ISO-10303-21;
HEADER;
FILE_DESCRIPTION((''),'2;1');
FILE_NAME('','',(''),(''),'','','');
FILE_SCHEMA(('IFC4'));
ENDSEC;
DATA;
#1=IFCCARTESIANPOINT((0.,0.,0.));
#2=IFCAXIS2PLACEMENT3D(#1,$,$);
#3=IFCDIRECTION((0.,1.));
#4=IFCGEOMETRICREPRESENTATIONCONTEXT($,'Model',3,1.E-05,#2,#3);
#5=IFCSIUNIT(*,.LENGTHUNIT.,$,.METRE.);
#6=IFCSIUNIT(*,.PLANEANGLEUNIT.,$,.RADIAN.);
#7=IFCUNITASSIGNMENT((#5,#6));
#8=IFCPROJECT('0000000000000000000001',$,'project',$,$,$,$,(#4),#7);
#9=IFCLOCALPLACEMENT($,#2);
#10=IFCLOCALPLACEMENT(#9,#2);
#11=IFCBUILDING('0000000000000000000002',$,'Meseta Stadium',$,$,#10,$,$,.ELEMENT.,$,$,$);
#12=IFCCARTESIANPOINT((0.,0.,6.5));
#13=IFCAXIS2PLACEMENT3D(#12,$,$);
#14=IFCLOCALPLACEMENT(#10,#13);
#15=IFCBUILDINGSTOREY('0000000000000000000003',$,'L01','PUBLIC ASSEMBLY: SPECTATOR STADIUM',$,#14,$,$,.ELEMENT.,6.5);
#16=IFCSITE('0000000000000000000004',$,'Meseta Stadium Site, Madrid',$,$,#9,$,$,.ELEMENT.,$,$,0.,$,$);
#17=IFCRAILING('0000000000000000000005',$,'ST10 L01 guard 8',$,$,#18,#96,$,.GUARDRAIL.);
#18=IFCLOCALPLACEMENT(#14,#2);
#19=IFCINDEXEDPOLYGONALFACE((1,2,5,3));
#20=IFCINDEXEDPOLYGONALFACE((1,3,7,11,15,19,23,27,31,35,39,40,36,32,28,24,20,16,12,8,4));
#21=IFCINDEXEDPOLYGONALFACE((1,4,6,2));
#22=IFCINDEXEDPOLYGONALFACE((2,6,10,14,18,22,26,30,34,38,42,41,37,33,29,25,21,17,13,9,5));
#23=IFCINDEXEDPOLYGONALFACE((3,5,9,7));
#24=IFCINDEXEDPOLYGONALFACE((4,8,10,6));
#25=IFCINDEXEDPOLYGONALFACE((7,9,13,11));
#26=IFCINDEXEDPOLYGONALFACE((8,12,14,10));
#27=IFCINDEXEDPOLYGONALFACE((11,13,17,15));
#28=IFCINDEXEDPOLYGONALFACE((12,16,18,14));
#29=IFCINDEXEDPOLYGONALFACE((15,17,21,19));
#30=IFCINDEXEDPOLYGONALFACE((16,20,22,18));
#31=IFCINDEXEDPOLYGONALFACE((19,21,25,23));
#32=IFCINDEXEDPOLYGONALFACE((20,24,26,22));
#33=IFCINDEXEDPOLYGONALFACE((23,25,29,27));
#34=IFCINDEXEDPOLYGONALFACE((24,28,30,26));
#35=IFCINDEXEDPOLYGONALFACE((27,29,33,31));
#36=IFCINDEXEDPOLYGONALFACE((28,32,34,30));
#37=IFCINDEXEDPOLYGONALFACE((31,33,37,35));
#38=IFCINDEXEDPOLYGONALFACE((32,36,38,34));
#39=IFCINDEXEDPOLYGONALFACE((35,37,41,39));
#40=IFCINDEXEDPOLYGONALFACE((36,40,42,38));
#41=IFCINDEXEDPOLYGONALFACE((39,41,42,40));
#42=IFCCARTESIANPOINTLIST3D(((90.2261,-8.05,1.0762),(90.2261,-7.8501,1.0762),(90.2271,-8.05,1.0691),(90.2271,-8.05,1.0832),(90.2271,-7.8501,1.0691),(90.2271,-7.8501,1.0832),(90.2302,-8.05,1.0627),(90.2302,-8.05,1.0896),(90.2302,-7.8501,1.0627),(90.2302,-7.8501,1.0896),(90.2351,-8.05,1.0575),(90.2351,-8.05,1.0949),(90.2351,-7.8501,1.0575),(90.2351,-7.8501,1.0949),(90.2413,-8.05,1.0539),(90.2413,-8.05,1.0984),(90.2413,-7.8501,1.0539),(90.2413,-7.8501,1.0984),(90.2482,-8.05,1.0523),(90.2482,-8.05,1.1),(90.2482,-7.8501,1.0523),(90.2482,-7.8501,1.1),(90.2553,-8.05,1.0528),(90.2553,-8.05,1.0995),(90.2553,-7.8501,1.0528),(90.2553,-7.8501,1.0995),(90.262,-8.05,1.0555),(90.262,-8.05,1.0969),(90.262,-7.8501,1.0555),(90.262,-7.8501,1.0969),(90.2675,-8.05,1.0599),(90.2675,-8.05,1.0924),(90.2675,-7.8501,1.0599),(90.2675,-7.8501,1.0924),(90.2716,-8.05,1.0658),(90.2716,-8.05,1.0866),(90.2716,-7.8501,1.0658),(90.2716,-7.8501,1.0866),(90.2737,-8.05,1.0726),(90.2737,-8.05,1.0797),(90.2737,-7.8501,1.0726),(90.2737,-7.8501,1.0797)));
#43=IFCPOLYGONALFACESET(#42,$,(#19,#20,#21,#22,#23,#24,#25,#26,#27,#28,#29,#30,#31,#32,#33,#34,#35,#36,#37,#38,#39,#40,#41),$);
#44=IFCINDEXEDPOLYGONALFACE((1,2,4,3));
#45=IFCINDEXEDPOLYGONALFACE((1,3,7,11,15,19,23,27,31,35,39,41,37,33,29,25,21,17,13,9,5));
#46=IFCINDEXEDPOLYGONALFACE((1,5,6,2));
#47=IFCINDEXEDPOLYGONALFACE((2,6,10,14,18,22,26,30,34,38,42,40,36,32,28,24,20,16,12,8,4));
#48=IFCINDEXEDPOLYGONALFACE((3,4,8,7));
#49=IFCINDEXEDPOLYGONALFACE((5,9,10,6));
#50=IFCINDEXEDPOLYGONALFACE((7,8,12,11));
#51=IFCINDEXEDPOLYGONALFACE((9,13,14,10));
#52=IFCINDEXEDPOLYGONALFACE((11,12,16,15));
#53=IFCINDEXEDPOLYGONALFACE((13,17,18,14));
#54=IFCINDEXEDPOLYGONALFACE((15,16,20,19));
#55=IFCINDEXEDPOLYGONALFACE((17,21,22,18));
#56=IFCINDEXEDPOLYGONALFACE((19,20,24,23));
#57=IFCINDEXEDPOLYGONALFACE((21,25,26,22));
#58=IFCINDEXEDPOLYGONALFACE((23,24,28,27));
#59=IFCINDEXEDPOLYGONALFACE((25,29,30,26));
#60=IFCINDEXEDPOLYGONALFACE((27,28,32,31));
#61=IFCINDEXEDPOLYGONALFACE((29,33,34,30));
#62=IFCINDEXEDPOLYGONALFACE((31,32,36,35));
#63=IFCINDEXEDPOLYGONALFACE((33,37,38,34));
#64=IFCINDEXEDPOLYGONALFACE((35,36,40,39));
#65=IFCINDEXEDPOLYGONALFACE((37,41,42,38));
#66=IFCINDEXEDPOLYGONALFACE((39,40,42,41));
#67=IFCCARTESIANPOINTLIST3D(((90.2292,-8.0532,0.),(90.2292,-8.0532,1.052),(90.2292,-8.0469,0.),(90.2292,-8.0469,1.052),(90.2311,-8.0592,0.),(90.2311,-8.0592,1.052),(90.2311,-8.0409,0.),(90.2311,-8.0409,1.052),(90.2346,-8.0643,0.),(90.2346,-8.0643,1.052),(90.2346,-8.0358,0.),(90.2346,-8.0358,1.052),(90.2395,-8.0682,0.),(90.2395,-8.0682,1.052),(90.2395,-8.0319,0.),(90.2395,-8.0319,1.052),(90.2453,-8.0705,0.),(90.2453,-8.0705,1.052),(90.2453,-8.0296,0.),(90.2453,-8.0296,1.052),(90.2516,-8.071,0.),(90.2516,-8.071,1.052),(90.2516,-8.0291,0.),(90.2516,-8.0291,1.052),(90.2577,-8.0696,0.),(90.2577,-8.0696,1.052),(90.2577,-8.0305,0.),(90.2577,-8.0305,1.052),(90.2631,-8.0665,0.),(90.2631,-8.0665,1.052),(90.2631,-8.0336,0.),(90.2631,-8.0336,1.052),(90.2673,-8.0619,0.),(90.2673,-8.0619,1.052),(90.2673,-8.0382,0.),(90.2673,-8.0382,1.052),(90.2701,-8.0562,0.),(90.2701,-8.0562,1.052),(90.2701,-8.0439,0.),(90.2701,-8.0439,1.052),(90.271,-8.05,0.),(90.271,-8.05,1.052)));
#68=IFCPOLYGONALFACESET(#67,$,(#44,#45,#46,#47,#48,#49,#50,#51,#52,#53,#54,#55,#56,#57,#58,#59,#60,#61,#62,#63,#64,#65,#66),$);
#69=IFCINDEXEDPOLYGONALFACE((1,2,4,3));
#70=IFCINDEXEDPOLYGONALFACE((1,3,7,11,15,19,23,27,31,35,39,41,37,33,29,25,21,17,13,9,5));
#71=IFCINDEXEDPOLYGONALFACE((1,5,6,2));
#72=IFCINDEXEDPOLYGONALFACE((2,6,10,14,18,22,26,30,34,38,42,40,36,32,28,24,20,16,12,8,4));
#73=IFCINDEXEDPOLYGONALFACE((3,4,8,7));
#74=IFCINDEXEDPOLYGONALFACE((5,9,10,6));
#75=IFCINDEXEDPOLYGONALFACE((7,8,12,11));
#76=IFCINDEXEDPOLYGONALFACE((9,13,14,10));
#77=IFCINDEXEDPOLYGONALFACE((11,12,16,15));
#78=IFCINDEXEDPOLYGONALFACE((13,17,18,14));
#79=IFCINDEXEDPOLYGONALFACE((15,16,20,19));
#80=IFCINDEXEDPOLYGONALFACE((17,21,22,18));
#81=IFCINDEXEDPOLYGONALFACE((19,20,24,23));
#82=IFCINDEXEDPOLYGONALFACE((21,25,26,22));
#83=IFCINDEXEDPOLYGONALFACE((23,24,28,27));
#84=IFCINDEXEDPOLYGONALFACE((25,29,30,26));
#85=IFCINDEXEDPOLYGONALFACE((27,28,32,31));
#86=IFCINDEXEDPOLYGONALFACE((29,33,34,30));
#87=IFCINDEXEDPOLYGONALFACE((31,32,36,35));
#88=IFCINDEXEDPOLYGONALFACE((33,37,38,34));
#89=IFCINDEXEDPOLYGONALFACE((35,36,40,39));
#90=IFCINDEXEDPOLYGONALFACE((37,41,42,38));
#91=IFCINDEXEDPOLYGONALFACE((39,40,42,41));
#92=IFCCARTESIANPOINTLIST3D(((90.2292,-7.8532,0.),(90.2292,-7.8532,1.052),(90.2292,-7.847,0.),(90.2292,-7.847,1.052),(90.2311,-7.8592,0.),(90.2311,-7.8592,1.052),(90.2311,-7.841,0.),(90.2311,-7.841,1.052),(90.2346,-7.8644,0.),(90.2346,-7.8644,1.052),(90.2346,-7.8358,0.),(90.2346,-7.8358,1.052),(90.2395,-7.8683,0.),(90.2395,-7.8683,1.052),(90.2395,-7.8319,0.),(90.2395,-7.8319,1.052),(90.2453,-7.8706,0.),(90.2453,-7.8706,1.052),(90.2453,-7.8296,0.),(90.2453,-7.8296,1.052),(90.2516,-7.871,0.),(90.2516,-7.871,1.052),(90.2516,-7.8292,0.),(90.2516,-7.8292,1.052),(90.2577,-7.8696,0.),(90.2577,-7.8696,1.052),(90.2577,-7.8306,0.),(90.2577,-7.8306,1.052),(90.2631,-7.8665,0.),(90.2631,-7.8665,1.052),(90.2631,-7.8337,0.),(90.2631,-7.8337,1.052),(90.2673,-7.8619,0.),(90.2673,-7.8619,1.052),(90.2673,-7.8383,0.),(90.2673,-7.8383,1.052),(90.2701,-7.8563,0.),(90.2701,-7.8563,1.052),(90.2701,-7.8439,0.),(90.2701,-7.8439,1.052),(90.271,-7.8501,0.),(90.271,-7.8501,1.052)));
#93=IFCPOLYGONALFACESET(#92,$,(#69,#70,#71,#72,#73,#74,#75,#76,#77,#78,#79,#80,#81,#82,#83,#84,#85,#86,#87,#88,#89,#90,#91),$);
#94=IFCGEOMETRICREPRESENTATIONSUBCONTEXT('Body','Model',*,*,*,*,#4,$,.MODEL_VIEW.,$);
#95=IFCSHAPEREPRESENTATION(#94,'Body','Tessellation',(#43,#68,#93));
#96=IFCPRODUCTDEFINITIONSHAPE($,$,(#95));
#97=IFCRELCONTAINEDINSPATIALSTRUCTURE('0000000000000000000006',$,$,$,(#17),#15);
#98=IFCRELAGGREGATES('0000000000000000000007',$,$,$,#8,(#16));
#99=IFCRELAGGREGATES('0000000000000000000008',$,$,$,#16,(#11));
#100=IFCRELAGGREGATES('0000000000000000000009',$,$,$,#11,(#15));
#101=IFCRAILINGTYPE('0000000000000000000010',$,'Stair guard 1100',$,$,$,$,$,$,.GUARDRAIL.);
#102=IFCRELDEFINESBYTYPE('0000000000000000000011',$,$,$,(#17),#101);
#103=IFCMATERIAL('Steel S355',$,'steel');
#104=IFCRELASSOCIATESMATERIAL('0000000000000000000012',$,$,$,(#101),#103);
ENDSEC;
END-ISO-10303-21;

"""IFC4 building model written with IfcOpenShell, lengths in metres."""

from ifc_helpers import new_model, si_unit, direction, frame, origin, origin_2d, place, context, subcontext, project, spatial, circle, extrude, material, type_object, element, save


model = new_model("IFC4")

# Units and contexts
model_context = context("Model", 3, precision=1e-05, world=origin(), true_north=direction((0.0, 1.0)))
body_context = subcontext(model_context, "Body", "Model", "MODEL_VIEW")
ifc_project = project(units=[si_unit("LENGTHUNIT", "METRE"), si_unit("PLANEANGLEUNIT", "RADIAN")], contexts=[model_context])

# Site, building, storey
site_placement = place(None, origin())
site = spatial("IfcSite", under=ifc_project, at=site_placement, Name="Meseta Stadium Site, Madrid", CompositionType="ELEMENT", RefElevation=0.0)
building_placement = place(site_placement, origin())
building = spatial("IfcBuilding", under=site, at=building_placement, Name="Meseta Stadium", CompositionType="ELEMENT")
storey_placement = place(building_placement, frame((0.0, 0.0, 6.5)))
storey = spatial("IfcBuildingStorey", under=building, at=storey_placement, Name="L01", Description="PUBLIC ASSEMBLY: SPECTATOR STADIUM", CompositionType="ELEMENT", Elevation=6.5)

# Railing
ifc_material_1 = material(Name="Steel S355", Category="steel")
railing_type_1 = type_object("IfcRailingType", Name="Stair guard 1100", PredefinedType="GUARDRAIL", material=ifc_material_1)
railing_1_placement = place(storey_placement, frame((90.25, -8.05, 0.0)))
element("IfcRailing", 1, at=railing_1_placement, inside=storey, type_object=railing_type_1, Name="ST10 L01 guard 8", PredefinedType="GUARDRAIL", context=body_context, shape_type="SweptSolid", body=[
    extrude(circle(Radius=0.0239, at=origin_2d()), frame((0.0, 0.0, 1.0762), z_axis=(0.0, 1.0, 0.0), x_axis=(-1.0, 0.0, 0.0)), (0.0, 0.0, 1.0), 0.2),
    extrude(circle(Radius=0.021, at=origin_2d()), origin(), (0.0, 0.0, 1.0), 1.052),
    extrude(circle(Radius=0.021, at=origin_2d()), frame((0.0, 0.2, 0.0)), (0.0, 0.0, 1.0), 1.052),
])

save(model, "model.ifc")
